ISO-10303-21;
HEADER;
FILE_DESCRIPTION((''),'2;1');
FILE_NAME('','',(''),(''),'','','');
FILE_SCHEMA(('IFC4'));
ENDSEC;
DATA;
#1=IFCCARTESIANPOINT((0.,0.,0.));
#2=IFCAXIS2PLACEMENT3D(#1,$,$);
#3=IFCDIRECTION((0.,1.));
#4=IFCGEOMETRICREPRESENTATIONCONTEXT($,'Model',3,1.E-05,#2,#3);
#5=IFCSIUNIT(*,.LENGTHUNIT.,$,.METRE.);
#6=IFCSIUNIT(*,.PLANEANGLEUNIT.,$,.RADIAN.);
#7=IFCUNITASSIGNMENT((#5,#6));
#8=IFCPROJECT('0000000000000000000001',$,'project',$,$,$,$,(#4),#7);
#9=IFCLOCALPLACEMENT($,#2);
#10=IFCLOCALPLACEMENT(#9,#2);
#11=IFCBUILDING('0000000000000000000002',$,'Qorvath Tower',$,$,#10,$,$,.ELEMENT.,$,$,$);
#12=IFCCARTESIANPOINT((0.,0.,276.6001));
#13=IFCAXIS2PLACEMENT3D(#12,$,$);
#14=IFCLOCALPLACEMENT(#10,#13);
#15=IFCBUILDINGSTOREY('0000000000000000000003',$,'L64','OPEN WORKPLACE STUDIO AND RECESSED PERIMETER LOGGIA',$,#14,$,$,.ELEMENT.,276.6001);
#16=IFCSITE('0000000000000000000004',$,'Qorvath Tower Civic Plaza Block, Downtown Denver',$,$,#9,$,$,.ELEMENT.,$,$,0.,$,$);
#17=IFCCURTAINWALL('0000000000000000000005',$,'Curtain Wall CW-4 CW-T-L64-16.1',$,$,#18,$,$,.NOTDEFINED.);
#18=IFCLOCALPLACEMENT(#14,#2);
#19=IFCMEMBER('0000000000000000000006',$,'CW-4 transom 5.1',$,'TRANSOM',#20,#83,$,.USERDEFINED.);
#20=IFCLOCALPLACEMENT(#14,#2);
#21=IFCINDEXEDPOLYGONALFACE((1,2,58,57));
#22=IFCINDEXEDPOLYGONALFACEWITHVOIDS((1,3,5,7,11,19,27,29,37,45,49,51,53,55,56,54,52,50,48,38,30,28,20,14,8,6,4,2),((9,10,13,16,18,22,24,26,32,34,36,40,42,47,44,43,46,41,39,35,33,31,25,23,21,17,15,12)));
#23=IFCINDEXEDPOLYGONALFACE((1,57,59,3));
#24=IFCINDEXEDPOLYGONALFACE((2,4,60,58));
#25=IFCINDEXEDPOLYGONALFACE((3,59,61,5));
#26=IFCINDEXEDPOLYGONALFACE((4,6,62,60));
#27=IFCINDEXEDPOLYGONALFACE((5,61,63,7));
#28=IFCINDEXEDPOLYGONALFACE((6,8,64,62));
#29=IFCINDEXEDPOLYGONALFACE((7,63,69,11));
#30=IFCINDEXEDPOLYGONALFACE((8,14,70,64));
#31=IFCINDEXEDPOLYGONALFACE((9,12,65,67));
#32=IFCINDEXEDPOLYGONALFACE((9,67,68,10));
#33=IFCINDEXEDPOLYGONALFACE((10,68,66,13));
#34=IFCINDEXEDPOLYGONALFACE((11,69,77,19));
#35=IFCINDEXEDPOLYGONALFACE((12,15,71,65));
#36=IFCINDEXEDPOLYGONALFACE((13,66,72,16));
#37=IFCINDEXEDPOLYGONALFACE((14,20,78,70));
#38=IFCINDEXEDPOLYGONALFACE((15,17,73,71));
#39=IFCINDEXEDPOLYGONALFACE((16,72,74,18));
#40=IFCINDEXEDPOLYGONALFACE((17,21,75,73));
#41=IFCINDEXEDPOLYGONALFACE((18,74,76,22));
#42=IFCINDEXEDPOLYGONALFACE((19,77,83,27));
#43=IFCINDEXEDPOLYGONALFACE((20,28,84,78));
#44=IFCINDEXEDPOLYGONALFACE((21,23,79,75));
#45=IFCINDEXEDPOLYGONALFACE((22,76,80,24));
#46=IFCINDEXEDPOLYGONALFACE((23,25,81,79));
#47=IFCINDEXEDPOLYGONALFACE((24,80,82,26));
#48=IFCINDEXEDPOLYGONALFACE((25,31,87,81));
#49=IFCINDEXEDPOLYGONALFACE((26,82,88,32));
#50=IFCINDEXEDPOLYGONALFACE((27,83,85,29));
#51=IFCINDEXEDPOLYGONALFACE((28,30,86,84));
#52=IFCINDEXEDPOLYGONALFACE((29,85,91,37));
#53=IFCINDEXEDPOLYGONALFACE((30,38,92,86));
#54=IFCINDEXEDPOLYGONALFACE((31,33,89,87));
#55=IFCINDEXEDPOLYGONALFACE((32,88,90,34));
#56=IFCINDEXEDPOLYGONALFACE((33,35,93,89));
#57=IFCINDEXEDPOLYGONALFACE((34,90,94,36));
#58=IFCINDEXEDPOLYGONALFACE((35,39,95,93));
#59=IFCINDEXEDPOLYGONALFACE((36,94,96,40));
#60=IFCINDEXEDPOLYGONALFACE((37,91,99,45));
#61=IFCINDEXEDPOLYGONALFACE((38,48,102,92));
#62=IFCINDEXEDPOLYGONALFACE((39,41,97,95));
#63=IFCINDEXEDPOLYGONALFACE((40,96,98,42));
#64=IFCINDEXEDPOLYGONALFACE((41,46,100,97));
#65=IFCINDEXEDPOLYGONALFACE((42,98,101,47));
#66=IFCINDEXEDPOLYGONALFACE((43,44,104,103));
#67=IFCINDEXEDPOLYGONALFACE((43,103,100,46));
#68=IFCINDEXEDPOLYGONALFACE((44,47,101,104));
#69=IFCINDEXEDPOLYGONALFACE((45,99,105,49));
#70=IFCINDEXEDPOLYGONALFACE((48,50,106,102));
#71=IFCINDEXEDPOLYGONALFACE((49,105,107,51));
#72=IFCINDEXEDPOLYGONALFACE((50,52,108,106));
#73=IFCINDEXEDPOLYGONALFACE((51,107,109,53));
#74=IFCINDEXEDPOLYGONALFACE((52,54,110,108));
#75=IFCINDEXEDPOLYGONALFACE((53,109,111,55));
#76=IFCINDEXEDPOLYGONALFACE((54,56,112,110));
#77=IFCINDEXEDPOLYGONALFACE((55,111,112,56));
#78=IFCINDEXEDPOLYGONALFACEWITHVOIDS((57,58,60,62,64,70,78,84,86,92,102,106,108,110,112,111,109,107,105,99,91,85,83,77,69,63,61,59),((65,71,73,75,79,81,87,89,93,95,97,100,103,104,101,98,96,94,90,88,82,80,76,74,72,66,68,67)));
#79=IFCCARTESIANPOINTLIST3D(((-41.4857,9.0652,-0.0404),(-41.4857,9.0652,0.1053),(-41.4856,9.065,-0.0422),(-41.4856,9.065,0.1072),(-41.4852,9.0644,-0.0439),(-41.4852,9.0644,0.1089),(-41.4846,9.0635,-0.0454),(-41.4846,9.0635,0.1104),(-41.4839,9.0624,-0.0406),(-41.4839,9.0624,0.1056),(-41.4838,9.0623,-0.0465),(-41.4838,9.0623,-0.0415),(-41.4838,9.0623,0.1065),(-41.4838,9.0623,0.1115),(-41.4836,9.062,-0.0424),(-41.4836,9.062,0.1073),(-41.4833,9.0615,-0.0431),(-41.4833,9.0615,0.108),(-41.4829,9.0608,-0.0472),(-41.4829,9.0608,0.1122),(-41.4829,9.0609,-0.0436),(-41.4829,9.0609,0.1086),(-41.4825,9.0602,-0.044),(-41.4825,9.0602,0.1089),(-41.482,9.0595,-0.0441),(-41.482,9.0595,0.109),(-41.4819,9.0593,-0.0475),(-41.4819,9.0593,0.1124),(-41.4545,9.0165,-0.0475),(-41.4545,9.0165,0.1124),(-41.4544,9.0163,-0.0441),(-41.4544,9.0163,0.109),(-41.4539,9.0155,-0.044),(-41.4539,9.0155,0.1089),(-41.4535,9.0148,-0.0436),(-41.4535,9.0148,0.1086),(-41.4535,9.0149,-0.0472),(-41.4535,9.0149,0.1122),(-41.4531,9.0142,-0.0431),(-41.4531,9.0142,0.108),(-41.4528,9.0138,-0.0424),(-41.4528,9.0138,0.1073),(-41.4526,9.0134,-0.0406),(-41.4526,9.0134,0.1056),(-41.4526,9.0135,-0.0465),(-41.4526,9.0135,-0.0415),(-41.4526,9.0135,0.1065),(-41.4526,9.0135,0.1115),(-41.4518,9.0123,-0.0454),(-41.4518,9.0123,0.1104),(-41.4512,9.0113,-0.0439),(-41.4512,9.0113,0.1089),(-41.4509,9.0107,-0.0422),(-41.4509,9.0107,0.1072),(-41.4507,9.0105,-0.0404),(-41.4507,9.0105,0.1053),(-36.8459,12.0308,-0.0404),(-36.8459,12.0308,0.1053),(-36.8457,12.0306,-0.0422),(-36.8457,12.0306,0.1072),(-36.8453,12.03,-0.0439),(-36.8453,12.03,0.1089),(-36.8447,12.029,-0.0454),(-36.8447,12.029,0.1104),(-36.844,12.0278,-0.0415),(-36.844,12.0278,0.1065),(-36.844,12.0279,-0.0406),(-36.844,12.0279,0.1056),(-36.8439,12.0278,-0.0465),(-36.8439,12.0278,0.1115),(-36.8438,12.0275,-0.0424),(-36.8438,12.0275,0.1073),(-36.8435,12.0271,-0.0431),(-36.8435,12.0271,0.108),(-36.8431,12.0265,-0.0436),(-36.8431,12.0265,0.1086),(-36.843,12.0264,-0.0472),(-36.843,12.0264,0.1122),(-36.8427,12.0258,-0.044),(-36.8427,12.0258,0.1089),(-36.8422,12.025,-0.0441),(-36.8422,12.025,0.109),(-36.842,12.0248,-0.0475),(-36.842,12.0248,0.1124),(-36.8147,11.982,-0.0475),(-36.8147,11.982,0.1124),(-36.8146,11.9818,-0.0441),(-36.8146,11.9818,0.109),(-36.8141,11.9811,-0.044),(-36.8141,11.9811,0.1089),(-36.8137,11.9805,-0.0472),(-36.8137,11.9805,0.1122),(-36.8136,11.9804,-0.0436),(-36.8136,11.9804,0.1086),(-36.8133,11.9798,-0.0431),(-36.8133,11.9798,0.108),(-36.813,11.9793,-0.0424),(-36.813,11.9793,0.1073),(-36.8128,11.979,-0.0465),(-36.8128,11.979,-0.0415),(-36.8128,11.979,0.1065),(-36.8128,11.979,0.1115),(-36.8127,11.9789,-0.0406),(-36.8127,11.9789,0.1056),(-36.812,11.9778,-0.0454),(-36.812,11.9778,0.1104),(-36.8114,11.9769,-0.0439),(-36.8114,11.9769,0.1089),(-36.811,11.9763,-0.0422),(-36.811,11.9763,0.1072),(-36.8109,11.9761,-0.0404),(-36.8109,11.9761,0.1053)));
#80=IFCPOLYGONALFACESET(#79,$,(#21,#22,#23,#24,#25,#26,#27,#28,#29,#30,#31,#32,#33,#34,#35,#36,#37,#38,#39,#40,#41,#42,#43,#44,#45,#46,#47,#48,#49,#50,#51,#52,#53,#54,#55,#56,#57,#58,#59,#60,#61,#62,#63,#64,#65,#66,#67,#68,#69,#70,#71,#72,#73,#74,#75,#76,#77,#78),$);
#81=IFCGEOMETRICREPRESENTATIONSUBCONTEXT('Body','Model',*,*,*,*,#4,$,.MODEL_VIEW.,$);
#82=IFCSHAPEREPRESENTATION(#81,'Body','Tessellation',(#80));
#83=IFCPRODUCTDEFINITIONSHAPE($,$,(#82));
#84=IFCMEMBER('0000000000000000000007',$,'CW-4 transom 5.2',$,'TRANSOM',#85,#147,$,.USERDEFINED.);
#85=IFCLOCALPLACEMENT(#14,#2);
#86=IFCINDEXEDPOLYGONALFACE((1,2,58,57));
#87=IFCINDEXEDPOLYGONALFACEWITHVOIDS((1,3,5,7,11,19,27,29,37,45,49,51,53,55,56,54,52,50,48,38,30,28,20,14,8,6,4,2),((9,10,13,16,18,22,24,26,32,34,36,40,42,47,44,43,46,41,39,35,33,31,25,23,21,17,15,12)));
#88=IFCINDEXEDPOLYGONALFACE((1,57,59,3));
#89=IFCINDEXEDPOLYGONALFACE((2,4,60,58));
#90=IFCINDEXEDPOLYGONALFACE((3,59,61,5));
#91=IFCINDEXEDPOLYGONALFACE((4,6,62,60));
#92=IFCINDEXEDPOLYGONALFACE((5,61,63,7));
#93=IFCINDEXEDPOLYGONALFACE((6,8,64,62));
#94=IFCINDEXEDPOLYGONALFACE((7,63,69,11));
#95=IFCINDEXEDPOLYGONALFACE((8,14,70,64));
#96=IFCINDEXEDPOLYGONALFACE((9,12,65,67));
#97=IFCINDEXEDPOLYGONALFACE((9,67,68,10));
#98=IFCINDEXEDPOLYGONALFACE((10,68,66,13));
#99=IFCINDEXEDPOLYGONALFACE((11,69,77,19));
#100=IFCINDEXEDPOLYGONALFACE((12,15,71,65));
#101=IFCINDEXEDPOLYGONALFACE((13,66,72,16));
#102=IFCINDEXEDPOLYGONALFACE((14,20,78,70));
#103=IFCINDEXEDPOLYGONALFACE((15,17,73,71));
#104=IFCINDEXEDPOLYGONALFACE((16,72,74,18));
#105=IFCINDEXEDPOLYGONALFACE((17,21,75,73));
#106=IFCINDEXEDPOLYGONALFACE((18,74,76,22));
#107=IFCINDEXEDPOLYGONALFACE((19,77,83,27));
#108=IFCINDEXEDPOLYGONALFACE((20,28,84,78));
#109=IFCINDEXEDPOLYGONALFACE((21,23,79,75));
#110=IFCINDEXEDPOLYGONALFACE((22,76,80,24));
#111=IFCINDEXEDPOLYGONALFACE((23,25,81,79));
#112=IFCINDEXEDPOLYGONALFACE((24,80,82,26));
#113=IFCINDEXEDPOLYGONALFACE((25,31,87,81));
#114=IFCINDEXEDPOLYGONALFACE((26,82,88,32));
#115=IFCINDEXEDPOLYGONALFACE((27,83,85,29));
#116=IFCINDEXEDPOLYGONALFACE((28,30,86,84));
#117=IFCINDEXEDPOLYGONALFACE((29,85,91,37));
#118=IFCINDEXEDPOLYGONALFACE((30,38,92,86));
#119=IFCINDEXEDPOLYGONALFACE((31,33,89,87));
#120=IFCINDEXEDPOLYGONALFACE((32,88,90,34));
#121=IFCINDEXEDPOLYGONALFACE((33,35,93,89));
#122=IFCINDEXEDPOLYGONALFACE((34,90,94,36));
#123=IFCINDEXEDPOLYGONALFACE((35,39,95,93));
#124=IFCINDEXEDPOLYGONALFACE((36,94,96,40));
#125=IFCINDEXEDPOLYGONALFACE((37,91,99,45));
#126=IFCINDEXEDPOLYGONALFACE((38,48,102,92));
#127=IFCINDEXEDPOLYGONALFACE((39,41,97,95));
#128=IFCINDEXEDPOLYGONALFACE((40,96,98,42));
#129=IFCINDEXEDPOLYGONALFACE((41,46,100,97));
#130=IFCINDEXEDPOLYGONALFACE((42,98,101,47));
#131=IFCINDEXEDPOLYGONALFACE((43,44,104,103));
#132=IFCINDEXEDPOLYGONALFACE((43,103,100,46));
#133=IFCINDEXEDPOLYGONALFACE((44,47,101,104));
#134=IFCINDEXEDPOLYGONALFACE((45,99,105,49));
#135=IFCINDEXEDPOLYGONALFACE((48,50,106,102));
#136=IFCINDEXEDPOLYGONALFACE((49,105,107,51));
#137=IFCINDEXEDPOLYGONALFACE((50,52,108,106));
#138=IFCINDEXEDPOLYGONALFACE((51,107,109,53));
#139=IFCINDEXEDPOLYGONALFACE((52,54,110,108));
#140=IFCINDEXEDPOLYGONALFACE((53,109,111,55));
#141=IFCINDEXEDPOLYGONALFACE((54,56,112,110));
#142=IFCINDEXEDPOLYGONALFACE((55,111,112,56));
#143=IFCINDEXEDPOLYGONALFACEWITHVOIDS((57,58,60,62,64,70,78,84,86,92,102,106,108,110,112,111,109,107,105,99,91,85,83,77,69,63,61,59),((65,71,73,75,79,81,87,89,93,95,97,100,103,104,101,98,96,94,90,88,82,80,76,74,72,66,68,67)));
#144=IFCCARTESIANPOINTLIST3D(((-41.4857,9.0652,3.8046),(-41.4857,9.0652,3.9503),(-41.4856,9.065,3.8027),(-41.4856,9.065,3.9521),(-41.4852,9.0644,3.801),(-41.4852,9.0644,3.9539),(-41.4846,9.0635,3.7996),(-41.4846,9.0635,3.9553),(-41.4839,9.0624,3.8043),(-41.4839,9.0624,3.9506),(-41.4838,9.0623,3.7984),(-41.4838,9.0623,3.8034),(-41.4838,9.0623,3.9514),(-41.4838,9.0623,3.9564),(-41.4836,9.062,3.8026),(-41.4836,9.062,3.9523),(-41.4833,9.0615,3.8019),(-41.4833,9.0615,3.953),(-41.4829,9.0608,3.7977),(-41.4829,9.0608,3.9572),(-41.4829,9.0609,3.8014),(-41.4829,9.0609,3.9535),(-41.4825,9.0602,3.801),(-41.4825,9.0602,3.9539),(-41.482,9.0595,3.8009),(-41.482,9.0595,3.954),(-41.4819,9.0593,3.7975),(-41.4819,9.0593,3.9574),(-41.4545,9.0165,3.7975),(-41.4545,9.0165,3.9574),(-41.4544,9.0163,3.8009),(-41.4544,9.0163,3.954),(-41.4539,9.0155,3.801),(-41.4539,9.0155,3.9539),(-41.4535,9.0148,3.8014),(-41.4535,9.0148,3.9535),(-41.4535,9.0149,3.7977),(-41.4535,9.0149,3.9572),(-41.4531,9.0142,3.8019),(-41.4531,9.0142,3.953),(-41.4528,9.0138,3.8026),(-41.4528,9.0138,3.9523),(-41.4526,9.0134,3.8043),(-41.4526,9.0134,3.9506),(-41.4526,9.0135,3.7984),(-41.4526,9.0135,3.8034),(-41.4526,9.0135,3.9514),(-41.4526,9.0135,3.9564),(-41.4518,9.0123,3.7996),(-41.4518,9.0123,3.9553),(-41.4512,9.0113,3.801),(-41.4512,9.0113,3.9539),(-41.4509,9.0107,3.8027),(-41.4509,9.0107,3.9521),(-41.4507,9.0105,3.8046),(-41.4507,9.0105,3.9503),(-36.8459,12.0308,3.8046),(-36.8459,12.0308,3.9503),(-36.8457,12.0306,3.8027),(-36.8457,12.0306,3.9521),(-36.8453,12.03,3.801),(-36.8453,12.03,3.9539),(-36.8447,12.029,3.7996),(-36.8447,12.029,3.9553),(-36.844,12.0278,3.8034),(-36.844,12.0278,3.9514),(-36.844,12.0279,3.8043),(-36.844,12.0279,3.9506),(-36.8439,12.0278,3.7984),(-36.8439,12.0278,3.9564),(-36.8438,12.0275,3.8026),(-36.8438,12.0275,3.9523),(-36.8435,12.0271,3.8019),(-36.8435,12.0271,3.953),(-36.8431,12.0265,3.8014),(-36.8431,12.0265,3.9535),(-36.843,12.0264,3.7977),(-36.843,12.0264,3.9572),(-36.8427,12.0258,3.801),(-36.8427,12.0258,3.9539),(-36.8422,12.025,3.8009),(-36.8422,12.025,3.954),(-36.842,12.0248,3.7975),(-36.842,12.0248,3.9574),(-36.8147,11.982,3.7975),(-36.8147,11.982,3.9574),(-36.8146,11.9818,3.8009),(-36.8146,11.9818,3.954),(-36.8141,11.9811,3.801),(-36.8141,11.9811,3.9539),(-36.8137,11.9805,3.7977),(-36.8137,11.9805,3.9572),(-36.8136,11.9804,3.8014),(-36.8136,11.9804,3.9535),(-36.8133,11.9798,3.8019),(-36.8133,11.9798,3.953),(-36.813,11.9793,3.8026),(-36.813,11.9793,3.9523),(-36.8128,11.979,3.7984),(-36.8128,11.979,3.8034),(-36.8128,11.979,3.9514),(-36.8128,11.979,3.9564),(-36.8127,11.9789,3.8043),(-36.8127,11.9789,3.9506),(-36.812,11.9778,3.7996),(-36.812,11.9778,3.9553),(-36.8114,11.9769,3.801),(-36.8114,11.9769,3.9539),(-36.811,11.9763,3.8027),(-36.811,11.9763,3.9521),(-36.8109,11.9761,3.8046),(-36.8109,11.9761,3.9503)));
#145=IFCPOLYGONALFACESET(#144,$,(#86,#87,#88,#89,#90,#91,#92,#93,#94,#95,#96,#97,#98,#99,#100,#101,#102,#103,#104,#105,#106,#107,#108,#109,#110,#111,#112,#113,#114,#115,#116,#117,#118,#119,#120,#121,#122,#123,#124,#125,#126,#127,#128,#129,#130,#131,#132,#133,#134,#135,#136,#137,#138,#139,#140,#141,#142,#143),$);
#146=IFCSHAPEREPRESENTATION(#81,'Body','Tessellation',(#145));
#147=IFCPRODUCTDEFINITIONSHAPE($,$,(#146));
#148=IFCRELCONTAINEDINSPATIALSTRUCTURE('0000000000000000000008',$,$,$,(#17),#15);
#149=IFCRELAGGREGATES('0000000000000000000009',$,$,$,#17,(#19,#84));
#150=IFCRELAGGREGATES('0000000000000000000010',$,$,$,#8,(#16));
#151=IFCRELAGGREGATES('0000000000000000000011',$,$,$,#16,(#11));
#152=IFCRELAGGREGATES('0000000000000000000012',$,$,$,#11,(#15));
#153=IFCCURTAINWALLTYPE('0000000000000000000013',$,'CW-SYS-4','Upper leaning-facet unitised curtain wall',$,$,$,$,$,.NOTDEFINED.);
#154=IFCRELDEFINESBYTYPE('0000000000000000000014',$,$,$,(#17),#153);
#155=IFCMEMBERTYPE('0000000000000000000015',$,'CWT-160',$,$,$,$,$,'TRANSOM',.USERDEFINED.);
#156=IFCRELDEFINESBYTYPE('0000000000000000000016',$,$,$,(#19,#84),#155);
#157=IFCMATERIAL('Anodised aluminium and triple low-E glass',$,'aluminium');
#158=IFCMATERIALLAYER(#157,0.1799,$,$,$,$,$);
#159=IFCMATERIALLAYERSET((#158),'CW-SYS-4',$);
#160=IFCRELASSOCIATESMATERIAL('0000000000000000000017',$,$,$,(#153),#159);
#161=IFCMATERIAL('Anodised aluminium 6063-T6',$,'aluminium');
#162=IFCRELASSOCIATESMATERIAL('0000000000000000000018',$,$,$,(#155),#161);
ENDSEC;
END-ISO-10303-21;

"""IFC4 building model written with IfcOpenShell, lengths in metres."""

from ifc_helpers import new_model, si_unit, direction, frame, origin, origin_2d, place, context, subcontext, project, spatial, hollow_rectangle, extrude, material, layer, layer_set, material_profile, profile_set, type_object, element, aggregate, save


model = new_model("IFC4")

# Units and contexts
model_context = context("Model", 3, precision=1e-05, world=origin(), true_north=direction((0.0, 1.0)))
body_context = subcontext(model_context, "Body", "Model", "MODEL_VIEW")
ifc_project = project(units=[si_unit("LENGTHUNIT", "METRE"), si_unit("PLANEANGLEUNIT", "RADIAN")], contexts=[model_context])

# Site, building, storey
site_placement = place(None, origin())
site = spatial("IfcSite", under=ifc_project, at=site_placement, Name="Qorvath Tower Civic Plaza Block, Downtown Denver", CompositionType="ELEMENT", RefElevation=0.0)
building_placement = place(site_placement, origin())
building = spatial("IfcBuilding", under=site, at=building_placement, Name="Qorvath Tower", CompositionType="ELEMENT")
storey_placement = place(building_placement, frame((0.0, 0.0, 276.6001)))
storey = spatial("IfcBuildingStorey", under=building, at=storey_placement, Name="L64", Description="OPEN WORKPLACE STUDIO AND RECESSED PERIMETER LOGGIA", CompositionType="ELEMENT", Elevation=276.6001)

# Curtain wall, members
ifc_material_1 = material(Name="Anodised aluminium and triple low-E glass", Category="aluminium")
ifc_layer_1 = layer(ifc_material_1, 0.1799)
ifc_layer_set_1 = layer_set([ifc_layer_1], Name="CW-SYS-4")
curtain_wall_type = type_object("IfcCurtainWallType", Name="CW-SYS-4", Description="Upper leaning-facet unitised curtain wall", PredefinedType="NOTDEFINED", material=ifc_layer_set_1)
curtain_wall_placement = place(storey_placement, origin())
curtain_wall = element("IfcCurtainWall", 1, at=curtain_wall_placement, inside=storey, type_object=curtain_wall_type, Name="Curtain Wall CW-4 CW-T-L64-16.1", PredefinedType="NOTDEFINED")
ifc_material_2 = material(Name="Anodised aluminium 6063-T6", Category="aluminium")
ifc_material_profile_1 = material_profile(ifc_material_2, hollow_rectangle(XDim=0.0649, YDim=0.1599, WallThickness=0.0034, InnerFilletRadius=0.0034, OuterFilletRadius=0.0071, at=origin_2d()), Name="CWT 160x65")
ifc_profile_set_1 = profile_set([ifc_material_profile_1], Name="Anodised aluminium 6063-T6")
member_type_1 = type_object("IfcMemberType", Name="CWT-160", ElementType="TRANSOM", PredefinedType="USERDEFINED", material=ifc_profile_set_1)
member_1_placement = place(storey_placement, frame((-36.8284, 12.0034, 0.0325), z_axis=(-0.842597, -0.538544, 0.0), x_axis=(0.538544, -0.842597, 0.0)))
member_1 = element("IfcMember", 2, at=member_1_placement, type_object=member_type_1, Name="CW-4 transom 5.1", ObjectType="TRANSOM", PredefinedType="USERDEFINED", context=body_context, shape_type="SweptSolid", body=[
    extrude(hollow_rectangle(XDim=0.0649, YDim=0.1599, WallThickness=0.0034, InnerFilletRadius=0.0034, OuterFilletRadius=0.0071, at=origin_2d()), origin(), (0.0, 0.0, 1.0), 5.5066),
])
member_2_placement = place(storey_placement, frame((-36.8284, 12.0034, 3.8774), z_axis=(-0.842597, -0.538544, 0.0), x_axis=(0.538544, -0.842597, 0.0)))
member_2 = element("IfcMember", 3, at=member_2_placement, type_object=member_type_1, Name="CW-4 transom 5.2", ObjectType="TRANSOM", PredefinedType="USERDEFINED", context=body_context, shape_type="SweptSolid", body=[
    extrude(hollow_rectangle(XDim=0.0649, YDim=0.1599, WallThickness=0.0034, InnerFilletRadius=0.0034, OuterFilletRadius=0.0071, at=origin_2d()), origin(), (0.0, 0.0, 1.0), 5.5066),
])

aggregate(curtain_wall, [member_1, member_2])

save(model, "model.ifc")
